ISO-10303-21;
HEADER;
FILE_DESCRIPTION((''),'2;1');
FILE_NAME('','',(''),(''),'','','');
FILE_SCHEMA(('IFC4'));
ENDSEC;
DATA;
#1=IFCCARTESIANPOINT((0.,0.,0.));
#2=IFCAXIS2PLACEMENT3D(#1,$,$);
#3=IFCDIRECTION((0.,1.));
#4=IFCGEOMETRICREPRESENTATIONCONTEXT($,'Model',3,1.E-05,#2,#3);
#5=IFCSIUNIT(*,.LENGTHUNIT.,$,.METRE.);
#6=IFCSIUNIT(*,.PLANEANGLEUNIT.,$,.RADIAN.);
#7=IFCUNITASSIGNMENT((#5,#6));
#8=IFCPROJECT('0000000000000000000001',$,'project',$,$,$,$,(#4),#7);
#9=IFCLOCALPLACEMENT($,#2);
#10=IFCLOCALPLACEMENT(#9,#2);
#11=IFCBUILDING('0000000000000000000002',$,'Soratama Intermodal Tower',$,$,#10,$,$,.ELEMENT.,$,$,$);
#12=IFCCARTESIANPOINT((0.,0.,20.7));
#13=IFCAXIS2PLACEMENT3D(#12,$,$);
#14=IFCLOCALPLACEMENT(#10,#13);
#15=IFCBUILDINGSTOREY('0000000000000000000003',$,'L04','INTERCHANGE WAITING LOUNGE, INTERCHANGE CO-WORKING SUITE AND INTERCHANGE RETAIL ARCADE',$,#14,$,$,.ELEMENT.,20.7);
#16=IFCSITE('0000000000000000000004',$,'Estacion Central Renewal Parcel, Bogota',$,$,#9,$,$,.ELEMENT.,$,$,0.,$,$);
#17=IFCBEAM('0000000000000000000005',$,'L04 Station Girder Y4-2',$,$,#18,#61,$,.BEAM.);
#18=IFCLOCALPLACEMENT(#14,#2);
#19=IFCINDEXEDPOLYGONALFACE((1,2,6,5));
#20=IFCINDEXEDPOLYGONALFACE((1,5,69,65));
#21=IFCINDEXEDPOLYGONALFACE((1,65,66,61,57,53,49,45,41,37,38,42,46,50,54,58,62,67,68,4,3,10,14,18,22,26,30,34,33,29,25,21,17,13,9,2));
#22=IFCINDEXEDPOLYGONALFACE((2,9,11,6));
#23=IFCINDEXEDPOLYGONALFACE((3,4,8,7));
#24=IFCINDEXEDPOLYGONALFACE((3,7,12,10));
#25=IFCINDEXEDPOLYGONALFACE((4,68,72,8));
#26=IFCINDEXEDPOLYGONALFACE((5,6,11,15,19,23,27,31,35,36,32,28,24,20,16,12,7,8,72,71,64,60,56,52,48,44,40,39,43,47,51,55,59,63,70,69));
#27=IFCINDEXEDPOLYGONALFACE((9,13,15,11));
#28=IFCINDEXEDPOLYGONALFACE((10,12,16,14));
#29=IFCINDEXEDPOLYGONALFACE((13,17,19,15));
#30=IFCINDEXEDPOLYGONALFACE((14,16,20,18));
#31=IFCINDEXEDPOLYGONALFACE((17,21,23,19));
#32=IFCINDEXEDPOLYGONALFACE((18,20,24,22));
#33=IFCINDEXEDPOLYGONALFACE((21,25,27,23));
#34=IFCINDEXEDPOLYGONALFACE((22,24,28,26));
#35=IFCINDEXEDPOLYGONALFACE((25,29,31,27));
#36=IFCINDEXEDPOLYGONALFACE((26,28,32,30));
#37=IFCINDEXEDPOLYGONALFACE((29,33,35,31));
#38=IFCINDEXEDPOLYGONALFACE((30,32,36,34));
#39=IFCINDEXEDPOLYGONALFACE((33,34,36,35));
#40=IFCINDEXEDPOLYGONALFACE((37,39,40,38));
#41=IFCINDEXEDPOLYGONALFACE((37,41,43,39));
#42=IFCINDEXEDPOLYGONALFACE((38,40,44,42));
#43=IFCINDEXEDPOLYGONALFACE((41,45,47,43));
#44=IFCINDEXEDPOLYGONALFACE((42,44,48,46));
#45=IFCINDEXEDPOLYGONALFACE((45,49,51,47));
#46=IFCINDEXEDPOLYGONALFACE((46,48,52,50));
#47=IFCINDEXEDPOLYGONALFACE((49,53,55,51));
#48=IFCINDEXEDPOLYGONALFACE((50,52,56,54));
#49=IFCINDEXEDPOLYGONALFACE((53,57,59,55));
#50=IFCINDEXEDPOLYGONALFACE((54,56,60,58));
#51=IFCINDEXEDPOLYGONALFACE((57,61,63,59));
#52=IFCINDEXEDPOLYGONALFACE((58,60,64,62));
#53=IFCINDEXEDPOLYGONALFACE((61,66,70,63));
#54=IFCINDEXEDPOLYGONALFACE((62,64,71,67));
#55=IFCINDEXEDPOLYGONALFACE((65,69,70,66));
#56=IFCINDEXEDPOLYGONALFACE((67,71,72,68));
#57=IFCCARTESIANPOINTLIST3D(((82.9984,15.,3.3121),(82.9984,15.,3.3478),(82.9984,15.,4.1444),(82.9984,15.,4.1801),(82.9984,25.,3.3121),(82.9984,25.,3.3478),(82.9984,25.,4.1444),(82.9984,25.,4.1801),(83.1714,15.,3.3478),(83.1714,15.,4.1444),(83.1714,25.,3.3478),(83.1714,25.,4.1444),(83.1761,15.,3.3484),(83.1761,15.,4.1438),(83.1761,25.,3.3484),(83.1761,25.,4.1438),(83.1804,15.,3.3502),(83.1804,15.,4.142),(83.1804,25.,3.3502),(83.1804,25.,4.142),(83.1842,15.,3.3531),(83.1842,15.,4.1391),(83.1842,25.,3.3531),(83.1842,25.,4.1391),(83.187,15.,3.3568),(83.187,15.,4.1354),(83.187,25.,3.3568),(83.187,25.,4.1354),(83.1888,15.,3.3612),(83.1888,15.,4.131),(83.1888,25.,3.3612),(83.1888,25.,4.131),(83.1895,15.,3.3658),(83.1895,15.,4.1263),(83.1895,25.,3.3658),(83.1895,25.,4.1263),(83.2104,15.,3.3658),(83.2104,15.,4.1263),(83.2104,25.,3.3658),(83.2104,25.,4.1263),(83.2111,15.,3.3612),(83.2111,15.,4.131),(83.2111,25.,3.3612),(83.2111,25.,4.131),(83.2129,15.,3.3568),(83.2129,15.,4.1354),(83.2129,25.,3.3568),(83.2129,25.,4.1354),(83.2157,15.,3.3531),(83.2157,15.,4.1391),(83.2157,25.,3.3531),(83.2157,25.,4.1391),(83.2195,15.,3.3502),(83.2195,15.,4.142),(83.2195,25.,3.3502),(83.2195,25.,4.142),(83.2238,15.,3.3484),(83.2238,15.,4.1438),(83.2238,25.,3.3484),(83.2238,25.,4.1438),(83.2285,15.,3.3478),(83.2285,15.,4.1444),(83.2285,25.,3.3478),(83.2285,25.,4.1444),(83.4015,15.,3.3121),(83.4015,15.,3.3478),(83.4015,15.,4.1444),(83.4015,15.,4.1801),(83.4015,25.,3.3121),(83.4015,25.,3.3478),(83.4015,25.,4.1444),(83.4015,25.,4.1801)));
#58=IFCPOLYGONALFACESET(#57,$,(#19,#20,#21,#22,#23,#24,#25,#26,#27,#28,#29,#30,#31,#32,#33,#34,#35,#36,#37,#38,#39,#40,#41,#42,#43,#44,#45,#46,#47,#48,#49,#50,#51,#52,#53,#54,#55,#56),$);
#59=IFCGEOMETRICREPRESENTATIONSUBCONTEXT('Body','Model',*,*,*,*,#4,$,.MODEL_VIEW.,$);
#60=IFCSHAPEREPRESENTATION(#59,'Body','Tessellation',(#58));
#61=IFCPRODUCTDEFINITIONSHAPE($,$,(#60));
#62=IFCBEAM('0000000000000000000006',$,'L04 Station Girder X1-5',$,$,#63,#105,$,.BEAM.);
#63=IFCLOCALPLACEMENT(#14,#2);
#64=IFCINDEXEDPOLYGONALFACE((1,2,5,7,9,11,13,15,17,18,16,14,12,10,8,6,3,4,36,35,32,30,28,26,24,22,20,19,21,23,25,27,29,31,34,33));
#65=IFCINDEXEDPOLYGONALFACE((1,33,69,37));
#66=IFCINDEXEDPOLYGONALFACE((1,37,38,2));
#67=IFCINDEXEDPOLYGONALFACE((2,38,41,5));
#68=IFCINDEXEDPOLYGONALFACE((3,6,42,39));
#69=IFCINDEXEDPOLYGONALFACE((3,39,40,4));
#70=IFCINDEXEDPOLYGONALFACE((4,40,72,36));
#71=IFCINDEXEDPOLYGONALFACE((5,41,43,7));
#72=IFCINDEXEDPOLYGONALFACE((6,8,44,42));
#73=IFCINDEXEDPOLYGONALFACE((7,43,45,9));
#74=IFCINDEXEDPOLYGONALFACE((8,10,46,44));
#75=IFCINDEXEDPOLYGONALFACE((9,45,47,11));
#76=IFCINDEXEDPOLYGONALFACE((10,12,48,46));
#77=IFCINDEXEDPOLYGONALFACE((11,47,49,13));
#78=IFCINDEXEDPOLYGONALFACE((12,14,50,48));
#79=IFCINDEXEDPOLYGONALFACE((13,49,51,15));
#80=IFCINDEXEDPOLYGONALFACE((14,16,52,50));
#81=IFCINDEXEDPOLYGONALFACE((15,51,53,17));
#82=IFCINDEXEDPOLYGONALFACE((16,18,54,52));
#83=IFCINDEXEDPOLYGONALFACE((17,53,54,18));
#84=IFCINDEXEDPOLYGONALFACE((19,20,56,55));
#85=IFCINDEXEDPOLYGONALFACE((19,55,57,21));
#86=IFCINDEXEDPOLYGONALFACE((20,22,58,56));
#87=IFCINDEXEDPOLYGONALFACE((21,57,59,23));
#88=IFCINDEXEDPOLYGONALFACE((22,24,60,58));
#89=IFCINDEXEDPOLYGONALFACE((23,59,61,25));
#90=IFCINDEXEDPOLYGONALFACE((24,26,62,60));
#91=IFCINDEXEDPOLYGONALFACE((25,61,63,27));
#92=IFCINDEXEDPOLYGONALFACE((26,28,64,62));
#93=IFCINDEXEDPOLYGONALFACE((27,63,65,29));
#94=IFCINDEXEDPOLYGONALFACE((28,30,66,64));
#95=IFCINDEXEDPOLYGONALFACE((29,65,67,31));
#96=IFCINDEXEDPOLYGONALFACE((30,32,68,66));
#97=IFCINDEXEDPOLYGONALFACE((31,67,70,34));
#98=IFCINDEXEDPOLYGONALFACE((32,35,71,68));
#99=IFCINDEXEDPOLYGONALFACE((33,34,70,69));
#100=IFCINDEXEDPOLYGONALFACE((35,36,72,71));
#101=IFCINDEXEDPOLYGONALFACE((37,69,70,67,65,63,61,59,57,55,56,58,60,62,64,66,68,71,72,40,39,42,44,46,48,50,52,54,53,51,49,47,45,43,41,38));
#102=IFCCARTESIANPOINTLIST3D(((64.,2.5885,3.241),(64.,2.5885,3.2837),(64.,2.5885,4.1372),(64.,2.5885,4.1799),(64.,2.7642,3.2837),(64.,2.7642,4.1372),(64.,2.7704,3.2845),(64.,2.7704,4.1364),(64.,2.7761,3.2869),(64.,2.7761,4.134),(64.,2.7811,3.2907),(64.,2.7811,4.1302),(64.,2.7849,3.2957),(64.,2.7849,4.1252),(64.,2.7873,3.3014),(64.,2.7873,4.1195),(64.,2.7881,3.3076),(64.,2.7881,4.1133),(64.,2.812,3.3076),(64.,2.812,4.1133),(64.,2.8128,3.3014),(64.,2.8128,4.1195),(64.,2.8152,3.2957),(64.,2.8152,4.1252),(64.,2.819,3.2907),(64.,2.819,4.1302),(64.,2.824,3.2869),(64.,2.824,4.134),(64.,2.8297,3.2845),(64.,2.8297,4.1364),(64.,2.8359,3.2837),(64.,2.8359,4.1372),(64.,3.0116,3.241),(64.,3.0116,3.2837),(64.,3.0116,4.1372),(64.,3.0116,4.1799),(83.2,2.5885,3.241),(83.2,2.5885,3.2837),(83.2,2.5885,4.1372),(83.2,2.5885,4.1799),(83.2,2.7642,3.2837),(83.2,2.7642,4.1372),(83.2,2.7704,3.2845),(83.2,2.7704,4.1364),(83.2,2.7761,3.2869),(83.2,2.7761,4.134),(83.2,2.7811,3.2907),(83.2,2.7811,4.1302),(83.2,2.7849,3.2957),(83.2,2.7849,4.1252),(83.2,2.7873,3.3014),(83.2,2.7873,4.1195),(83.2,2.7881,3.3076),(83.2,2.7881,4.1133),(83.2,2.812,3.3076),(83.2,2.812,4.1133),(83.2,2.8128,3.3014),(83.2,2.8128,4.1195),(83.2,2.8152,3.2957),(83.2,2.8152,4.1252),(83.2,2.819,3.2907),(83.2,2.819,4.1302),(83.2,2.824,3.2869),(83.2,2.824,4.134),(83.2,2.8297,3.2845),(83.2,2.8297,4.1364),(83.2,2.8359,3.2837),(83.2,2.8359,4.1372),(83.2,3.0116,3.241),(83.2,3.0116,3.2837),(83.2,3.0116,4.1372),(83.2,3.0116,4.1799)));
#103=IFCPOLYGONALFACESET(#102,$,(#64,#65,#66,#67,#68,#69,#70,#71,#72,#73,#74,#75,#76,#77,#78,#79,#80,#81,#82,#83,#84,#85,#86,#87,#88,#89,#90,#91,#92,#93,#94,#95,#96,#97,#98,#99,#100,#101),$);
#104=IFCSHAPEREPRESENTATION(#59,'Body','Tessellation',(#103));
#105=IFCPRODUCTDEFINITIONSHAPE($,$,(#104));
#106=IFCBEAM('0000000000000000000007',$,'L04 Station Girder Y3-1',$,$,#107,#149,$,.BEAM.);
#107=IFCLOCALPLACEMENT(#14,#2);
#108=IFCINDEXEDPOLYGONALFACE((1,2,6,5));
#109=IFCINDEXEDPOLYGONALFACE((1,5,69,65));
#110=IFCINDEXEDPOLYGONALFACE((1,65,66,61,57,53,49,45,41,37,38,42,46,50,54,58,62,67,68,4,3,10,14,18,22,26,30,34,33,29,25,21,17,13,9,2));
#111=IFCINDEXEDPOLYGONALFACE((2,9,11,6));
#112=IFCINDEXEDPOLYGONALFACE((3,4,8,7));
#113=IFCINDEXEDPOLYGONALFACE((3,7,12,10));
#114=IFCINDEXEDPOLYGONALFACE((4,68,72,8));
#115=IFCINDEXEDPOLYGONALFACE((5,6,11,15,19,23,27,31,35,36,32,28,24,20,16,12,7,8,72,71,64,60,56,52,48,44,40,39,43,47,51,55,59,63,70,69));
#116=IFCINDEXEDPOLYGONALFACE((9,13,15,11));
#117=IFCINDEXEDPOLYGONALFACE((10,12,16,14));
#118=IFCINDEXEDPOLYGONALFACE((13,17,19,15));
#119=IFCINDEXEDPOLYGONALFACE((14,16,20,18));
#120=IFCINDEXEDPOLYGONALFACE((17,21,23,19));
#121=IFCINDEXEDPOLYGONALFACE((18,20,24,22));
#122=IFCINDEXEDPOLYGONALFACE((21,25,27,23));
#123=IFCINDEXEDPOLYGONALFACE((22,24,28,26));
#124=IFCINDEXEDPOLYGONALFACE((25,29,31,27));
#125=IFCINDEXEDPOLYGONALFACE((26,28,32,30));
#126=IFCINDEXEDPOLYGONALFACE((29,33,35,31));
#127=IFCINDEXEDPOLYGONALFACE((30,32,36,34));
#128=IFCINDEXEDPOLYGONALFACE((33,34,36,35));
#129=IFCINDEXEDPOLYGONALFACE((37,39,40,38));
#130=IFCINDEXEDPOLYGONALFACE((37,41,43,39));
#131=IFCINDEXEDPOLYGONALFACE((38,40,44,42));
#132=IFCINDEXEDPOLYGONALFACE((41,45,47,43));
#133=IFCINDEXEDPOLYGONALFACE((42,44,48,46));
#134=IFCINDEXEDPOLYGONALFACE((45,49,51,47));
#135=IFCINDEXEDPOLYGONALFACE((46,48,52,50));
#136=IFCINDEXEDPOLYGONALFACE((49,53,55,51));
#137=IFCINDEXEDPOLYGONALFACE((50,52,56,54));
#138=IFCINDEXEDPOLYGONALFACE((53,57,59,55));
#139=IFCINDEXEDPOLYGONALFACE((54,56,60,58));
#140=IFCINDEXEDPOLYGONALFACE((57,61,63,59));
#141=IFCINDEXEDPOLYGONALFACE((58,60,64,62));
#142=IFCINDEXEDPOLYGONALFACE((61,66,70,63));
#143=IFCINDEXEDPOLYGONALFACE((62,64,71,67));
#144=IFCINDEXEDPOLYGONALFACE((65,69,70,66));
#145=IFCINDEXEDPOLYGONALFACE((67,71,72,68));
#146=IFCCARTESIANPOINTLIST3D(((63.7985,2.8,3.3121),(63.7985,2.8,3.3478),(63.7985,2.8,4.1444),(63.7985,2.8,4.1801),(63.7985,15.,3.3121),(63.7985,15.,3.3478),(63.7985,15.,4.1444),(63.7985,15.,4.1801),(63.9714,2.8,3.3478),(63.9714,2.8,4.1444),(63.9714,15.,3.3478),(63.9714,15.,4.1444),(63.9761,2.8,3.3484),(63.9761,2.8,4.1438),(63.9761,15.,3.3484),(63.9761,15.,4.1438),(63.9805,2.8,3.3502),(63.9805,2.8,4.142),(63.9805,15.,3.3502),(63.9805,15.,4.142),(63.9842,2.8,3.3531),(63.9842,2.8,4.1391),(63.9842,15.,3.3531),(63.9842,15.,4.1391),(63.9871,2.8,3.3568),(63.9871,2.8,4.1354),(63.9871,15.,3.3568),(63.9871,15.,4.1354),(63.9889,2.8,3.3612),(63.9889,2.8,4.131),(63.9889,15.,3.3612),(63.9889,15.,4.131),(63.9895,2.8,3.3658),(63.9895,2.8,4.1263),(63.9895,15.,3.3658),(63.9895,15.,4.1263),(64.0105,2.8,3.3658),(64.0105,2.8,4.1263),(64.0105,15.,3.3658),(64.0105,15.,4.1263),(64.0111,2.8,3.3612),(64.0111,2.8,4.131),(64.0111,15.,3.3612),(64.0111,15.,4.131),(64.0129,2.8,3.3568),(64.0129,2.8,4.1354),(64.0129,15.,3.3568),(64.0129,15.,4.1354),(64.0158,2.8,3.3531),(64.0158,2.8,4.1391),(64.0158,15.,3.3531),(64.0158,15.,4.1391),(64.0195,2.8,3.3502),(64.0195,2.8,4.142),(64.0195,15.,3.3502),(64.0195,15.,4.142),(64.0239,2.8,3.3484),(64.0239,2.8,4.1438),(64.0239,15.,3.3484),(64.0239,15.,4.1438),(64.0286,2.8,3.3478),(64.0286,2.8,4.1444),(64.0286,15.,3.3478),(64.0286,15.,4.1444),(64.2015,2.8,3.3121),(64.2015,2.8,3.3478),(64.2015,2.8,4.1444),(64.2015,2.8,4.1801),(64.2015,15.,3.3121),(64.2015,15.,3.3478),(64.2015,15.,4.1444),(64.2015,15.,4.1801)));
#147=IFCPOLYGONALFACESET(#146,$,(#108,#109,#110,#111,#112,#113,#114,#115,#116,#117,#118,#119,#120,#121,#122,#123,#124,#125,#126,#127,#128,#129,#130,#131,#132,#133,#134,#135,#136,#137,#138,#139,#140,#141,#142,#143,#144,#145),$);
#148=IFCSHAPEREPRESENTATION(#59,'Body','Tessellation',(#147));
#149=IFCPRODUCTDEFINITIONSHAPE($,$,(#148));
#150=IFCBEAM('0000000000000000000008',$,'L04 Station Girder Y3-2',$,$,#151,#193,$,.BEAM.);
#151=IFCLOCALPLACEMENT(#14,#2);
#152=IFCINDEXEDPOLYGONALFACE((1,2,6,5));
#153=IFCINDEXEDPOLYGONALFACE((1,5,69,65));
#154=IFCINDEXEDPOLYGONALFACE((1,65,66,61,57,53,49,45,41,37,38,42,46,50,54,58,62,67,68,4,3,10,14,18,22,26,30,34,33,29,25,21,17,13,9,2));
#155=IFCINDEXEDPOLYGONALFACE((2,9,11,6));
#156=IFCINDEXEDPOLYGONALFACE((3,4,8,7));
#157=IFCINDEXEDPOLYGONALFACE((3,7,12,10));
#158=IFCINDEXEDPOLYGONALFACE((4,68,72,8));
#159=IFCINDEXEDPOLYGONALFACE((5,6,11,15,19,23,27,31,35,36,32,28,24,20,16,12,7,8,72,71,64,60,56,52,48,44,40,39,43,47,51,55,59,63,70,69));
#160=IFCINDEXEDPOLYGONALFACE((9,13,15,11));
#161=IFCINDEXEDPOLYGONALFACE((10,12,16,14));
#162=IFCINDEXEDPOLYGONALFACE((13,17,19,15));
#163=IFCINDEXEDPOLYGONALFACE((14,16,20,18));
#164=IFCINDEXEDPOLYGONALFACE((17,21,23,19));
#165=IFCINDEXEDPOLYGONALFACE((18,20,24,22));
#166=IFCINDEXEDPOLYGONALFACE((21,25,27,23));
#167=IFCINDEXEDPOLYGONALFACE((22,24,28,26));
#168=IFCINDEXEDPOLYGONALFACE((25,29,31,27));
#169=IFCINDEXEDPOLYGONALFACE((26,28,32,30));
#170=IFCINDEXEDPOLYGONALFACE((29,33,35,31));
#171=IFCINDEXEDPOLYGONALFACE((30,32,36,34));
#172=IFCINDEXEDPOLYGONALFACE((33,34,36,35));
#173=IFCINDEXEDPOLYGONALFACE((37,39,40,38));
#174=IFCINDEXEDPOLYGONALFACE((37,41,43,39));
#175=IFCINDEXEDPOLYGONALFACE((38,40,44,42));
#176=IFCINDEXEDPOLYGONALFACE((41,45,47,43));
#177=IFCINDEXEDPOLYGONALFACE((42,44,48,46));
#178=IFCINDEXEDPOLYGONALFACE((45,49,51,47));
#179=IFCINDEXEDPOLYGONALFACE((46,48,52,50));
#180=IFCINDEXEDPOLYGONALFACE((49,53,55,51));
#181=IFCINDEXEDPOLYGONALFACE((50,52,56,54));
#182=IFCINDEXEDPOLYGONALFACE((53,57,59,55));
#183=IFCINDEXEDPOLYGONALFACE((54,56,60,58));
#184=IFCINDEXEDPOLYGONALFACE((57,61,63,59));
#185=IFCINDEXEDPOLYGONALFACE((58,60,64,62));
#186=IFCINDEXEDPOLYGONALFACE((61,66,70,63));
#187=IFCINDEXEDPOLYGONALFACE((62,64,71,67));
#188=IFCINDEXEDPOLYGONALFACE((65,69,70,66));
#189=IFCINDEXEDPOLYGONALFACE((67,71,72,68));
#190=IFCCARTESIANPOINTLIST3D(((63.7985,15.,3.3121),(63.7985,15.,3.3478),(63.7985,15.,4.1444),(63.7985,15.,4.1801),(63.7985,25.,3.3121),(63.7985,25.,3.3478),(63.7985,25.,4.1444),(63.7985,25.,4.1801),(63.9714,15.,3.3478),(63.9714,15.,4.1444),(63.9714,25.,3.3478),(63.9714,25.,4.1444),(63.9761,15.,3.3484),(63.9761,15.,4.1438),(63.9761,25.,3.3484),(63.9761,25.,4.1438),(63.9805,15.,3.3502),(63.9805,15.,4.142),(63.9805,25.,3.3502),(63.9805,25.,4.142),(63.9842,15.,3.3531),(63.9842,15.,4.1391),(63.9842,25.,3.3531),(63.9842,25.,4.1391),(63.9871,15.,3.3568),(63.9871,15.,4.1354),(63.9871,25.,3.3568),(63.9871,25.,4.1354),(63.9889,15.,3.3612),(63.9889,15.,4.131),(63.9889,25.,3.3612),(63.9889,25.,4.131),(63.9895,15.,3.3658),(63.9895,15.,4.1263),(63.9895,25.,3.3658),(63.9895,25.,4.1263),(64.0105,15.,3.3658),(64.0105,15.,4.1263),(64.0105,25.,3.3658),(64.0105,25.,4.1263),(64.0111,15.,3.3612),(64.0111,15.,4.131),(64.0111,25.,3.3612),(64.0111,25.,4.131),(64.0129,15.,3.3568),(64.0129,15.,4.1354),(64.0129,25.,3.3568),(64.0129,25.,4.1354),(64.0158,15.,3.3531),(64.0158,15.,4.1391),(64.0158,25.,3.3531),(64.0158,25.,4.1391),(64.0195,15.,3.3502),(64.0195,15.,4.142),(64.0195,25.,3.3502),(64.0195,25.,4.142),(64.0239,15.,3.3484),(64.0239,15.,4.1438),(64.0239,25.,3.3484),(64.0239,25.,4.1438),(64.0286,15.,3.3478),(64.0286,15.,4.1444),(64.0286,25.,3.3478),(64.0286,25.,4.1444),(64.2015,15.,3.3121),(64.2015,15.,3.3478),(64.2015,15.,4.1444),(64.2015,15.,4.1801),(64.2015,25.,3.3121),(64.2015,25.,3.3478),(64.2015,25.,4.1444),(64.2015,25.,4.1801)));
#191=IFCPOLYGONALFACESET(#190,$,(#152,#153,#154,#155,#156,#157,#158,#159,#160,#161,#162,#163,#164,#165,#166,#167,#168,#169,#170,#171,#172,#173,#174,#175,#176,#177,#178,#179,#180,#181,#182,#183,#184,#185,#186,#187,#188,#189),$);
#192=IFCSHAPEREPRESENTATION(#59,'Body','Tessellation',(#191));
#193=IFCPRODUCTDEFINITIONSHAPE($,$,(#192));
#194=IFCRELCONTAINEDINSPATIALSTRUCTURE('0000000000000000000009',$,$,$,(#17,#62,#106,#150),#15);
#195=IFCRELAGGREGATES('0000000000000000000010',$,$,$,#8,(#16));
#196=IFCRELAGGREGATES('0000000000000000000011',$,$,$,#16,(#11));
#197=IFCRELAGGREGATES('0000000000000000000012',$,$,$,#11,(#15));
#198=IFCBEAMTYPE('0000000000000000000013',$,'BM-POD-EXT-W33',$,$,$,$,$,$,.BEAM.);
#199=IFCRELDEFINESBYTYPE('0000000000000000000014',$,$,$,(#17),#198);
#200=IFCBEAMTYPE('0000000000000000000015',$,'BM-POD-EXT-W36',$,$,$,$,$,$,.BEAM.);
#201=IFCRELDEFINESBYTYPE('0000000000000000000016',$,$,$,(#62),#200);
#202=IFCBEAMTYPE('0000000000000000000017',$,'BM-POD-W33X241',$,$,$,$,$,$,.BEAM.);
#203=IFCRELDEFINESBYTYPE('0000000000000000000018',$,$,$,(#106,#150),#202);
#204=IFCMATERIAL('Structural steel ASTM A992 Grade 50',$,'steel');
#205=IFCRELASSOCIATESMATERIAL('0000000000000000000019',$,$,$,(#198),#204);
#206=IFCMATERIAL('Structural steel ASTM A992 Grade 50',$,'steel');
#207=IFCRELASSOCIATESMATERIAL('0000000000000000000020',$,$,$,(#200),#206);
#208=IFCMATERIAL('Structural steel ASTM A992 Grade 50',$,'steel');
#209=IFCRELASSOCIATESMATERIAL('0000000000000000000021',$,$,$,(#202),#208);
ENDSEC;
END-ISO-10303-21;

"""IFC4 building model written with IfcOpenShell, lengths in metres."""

from ifc_helpers import new_model, si_unit, direction, frame, origin, origin_2d, place, context, subcontext, project, spatial, i_section, extrude, material, material_profile, profile_set, type_object, element, save


model = new_model("IFC4")

# Units and contexts
model_context = context("Model", 3, precision=1e-05, world=origin(), true_north=direction((0.0, 1.0)))
body_context = subcontext(model_context, "Body", "Model", "MODEL_VIEW")
ifc_project = project(units=[si_unit("LENGTHUNIT", "METRE"), si_unit("PLANEANGLEUNIT", "RADIAN")], contexts=[model_context])

# Site, building, storey
site_placement = place(None, origin())
site = spatial("IfcSite", under=ifc_project, at=site_placement, Name="Estacion Central Renewal Parcel, Bogota", CompositionType="ELEMENT", RefElevation=0.0)
building_placement = place(site_placement, origin())
building = spatial("IfcBuilding", under=site, at=building_placement, Name="Soratama Intermodal Tower", CompositionType="ELEMENT")
storey_placement = place(building_placement, frame((0.0, 0.0, 20.7)))
storey = spatial("IfcBuildingStorey", under=building, at=storey_placement, Name="L04", Description="INTERCHANGE WAITING LOUNGE, INTERCHANGE CO-WORKING SUITE AND INTERCHANGE RETAIL ARCADE", CompositionType="ELEMENT", Elevation=20.7)

# Beams
ifc_material_1 = material(Name="Structural steel ASTM A992 Grade 50", Category="steel")
ifc_material_profile_1 = material_profile(ifc_material_1, i_section(OverallWidth=0.4031, OverallDepth=0.8679, WebThickness=0.021, FlangeThickness=0.0356, FilletRadius=0.0181, at=origin_2d()), Name="W33X241")
ifc_profile_set_1 = profile_set([ifc_material_profile_1], Name="Structural steel ASTM A992 Grade 50")
beam_type_1 = type_object("IfcBeamType", Name="BM-POD-EXT-W33", PredefinedType="BEAM", material=ifc_profile_set_1)
beam_1_placement = place(storey_placement, frame((83.2, 15.0, 3.7461), z_axis=(0.0, 1.0, 0.0), x_axis=(-1.0, 0.0, 0.0)))
element("IfcBeam", 1, at=beam_1_placement, inside=storey, type_object=beam_type_1, Name="L04 Station Girder Y4-2", PredefinedType="BEAM", context=body_context, shape_type="SweptSolid", body=[
    extrude(i_section(OverallWidth=0.4031, OverallDepth=0.8679, WebThickness=0.021, FlangeThickness=0.0356, FilletRadius=0.0181, at=origin_2d()), origin(), (0.0, 0.0, 1.0), 10.0),
])
ifc_material_2 = material(Name="Structural steel ASTM A992 Grade 50", Category="steel")
ifc_material_profile_2 = material_profile(ifc_material_2, i_section(OverallWidth=0.4231, OverallDepth=0.939, WebThickness=0.0239, FlangeThickness=0.0427, FilletRadius=0.0239, at=origin_2d()), Name="W36X302")
ifc_profile_set_2 = profile_set([ifc_material_profile_2], Name="Structural steel ASTM A992 Grade 50")
beam_type_2 = type_object("IfcBeamType", Name="BM-POD-EXT-W36", PredefinedType="BEAM", material=ifc_profile_set_2)
beam_2_placement = place(storey_placement, frame((64.0, 2.8, 3.7104), z_axis=(1.0, 0.0, 0.0), x_axis=(0.0, 1.0, 0.0)))
element("IfcBeam", 2, at=beam_2_placement, inside=storey, type_object=beam_type_2, Name="L04 Station Girder X1-5", PredefinedType="BEAM", context=body_context, shape_type="SweptSolid", body=[
    extrude(i_section(OverallWidth=0.4231, OverallDepth=0.939, WebThickness=0.0239, FlangeThickness=0.0427, FilletRadius=0.0239, at=origin_2d()), origin(), (0.0, 0.0, 1.0), 19.2),
])
ifc_material_3 = material(Name="Structural steel ASTM A992 Grade 50", Category="steel")
ifc_material_profile_3 = material_profile(ifc_material_3, i_section(OverallWidth=0.4031, OverallDepth=0.8679, WebThickness=0.021, FlangeThickness=0.0356, FilletRadius=0.0181, at=origin_2d()), Name="W33X241")
ifc_profile_set_3 = profile_set([ifc_material_profile_3], Name="Structural steel ASTM A992 Grade 50")
beam_type_3 = type_object("IfcBeamType", Name="BM-POD-W33X241", PredefinedType="BEAM", material=ifc_profile_set_3)
beam_3_placement = place(storey_placement, frame((64.0, 2.8, 3.7461), z_axis=(0.0, 1.0, 0.0), x_axis=(-1.0, 0.0, 0.0)))
element("IfcBeam", 3, at=beam_3_placement, inside=storey, type_object=beam_type_3, Name="L04 Station Girder Y3-1", PredefinedType="BEAM", context=body_context, shape_type="SweptSolid", body=[
    extrude(i_section(OverallWidth=0.4031, OverallDepth=0.8679, WebThickness=0.021, FlangeThickness=0.0356, FilletRadius=0.0181, at=origin_2d()), origin(), (0.0, 0.0, 1.0), 12.2),
])
beam_4_placement = place(storey_placement, frame((64.0, 15.0, 3.7461), z_axis=(0.0, 1.0, 0.0), x_axis=(-1.0, 0.0, 0.0)))
element("IfcBeam", 4, at=beam_4_placement, inside=storey, type_object=beam_type_3, Name="L04 Station Girder Y3-2", PredefinedType="BEAM", context=body_context, shape_type="SweptSolid", body=[
    extrude(i_section(OverallWidth=0.4031, OverallDepth=0.8679, WebThickness=0.021, FlangeThickness=0.0356, FilletRadius=0.0181, at=origin_2d()), origin(), (0.0, 0.0, 1.0), 10.0),
])

save(model, "model.ifc")
